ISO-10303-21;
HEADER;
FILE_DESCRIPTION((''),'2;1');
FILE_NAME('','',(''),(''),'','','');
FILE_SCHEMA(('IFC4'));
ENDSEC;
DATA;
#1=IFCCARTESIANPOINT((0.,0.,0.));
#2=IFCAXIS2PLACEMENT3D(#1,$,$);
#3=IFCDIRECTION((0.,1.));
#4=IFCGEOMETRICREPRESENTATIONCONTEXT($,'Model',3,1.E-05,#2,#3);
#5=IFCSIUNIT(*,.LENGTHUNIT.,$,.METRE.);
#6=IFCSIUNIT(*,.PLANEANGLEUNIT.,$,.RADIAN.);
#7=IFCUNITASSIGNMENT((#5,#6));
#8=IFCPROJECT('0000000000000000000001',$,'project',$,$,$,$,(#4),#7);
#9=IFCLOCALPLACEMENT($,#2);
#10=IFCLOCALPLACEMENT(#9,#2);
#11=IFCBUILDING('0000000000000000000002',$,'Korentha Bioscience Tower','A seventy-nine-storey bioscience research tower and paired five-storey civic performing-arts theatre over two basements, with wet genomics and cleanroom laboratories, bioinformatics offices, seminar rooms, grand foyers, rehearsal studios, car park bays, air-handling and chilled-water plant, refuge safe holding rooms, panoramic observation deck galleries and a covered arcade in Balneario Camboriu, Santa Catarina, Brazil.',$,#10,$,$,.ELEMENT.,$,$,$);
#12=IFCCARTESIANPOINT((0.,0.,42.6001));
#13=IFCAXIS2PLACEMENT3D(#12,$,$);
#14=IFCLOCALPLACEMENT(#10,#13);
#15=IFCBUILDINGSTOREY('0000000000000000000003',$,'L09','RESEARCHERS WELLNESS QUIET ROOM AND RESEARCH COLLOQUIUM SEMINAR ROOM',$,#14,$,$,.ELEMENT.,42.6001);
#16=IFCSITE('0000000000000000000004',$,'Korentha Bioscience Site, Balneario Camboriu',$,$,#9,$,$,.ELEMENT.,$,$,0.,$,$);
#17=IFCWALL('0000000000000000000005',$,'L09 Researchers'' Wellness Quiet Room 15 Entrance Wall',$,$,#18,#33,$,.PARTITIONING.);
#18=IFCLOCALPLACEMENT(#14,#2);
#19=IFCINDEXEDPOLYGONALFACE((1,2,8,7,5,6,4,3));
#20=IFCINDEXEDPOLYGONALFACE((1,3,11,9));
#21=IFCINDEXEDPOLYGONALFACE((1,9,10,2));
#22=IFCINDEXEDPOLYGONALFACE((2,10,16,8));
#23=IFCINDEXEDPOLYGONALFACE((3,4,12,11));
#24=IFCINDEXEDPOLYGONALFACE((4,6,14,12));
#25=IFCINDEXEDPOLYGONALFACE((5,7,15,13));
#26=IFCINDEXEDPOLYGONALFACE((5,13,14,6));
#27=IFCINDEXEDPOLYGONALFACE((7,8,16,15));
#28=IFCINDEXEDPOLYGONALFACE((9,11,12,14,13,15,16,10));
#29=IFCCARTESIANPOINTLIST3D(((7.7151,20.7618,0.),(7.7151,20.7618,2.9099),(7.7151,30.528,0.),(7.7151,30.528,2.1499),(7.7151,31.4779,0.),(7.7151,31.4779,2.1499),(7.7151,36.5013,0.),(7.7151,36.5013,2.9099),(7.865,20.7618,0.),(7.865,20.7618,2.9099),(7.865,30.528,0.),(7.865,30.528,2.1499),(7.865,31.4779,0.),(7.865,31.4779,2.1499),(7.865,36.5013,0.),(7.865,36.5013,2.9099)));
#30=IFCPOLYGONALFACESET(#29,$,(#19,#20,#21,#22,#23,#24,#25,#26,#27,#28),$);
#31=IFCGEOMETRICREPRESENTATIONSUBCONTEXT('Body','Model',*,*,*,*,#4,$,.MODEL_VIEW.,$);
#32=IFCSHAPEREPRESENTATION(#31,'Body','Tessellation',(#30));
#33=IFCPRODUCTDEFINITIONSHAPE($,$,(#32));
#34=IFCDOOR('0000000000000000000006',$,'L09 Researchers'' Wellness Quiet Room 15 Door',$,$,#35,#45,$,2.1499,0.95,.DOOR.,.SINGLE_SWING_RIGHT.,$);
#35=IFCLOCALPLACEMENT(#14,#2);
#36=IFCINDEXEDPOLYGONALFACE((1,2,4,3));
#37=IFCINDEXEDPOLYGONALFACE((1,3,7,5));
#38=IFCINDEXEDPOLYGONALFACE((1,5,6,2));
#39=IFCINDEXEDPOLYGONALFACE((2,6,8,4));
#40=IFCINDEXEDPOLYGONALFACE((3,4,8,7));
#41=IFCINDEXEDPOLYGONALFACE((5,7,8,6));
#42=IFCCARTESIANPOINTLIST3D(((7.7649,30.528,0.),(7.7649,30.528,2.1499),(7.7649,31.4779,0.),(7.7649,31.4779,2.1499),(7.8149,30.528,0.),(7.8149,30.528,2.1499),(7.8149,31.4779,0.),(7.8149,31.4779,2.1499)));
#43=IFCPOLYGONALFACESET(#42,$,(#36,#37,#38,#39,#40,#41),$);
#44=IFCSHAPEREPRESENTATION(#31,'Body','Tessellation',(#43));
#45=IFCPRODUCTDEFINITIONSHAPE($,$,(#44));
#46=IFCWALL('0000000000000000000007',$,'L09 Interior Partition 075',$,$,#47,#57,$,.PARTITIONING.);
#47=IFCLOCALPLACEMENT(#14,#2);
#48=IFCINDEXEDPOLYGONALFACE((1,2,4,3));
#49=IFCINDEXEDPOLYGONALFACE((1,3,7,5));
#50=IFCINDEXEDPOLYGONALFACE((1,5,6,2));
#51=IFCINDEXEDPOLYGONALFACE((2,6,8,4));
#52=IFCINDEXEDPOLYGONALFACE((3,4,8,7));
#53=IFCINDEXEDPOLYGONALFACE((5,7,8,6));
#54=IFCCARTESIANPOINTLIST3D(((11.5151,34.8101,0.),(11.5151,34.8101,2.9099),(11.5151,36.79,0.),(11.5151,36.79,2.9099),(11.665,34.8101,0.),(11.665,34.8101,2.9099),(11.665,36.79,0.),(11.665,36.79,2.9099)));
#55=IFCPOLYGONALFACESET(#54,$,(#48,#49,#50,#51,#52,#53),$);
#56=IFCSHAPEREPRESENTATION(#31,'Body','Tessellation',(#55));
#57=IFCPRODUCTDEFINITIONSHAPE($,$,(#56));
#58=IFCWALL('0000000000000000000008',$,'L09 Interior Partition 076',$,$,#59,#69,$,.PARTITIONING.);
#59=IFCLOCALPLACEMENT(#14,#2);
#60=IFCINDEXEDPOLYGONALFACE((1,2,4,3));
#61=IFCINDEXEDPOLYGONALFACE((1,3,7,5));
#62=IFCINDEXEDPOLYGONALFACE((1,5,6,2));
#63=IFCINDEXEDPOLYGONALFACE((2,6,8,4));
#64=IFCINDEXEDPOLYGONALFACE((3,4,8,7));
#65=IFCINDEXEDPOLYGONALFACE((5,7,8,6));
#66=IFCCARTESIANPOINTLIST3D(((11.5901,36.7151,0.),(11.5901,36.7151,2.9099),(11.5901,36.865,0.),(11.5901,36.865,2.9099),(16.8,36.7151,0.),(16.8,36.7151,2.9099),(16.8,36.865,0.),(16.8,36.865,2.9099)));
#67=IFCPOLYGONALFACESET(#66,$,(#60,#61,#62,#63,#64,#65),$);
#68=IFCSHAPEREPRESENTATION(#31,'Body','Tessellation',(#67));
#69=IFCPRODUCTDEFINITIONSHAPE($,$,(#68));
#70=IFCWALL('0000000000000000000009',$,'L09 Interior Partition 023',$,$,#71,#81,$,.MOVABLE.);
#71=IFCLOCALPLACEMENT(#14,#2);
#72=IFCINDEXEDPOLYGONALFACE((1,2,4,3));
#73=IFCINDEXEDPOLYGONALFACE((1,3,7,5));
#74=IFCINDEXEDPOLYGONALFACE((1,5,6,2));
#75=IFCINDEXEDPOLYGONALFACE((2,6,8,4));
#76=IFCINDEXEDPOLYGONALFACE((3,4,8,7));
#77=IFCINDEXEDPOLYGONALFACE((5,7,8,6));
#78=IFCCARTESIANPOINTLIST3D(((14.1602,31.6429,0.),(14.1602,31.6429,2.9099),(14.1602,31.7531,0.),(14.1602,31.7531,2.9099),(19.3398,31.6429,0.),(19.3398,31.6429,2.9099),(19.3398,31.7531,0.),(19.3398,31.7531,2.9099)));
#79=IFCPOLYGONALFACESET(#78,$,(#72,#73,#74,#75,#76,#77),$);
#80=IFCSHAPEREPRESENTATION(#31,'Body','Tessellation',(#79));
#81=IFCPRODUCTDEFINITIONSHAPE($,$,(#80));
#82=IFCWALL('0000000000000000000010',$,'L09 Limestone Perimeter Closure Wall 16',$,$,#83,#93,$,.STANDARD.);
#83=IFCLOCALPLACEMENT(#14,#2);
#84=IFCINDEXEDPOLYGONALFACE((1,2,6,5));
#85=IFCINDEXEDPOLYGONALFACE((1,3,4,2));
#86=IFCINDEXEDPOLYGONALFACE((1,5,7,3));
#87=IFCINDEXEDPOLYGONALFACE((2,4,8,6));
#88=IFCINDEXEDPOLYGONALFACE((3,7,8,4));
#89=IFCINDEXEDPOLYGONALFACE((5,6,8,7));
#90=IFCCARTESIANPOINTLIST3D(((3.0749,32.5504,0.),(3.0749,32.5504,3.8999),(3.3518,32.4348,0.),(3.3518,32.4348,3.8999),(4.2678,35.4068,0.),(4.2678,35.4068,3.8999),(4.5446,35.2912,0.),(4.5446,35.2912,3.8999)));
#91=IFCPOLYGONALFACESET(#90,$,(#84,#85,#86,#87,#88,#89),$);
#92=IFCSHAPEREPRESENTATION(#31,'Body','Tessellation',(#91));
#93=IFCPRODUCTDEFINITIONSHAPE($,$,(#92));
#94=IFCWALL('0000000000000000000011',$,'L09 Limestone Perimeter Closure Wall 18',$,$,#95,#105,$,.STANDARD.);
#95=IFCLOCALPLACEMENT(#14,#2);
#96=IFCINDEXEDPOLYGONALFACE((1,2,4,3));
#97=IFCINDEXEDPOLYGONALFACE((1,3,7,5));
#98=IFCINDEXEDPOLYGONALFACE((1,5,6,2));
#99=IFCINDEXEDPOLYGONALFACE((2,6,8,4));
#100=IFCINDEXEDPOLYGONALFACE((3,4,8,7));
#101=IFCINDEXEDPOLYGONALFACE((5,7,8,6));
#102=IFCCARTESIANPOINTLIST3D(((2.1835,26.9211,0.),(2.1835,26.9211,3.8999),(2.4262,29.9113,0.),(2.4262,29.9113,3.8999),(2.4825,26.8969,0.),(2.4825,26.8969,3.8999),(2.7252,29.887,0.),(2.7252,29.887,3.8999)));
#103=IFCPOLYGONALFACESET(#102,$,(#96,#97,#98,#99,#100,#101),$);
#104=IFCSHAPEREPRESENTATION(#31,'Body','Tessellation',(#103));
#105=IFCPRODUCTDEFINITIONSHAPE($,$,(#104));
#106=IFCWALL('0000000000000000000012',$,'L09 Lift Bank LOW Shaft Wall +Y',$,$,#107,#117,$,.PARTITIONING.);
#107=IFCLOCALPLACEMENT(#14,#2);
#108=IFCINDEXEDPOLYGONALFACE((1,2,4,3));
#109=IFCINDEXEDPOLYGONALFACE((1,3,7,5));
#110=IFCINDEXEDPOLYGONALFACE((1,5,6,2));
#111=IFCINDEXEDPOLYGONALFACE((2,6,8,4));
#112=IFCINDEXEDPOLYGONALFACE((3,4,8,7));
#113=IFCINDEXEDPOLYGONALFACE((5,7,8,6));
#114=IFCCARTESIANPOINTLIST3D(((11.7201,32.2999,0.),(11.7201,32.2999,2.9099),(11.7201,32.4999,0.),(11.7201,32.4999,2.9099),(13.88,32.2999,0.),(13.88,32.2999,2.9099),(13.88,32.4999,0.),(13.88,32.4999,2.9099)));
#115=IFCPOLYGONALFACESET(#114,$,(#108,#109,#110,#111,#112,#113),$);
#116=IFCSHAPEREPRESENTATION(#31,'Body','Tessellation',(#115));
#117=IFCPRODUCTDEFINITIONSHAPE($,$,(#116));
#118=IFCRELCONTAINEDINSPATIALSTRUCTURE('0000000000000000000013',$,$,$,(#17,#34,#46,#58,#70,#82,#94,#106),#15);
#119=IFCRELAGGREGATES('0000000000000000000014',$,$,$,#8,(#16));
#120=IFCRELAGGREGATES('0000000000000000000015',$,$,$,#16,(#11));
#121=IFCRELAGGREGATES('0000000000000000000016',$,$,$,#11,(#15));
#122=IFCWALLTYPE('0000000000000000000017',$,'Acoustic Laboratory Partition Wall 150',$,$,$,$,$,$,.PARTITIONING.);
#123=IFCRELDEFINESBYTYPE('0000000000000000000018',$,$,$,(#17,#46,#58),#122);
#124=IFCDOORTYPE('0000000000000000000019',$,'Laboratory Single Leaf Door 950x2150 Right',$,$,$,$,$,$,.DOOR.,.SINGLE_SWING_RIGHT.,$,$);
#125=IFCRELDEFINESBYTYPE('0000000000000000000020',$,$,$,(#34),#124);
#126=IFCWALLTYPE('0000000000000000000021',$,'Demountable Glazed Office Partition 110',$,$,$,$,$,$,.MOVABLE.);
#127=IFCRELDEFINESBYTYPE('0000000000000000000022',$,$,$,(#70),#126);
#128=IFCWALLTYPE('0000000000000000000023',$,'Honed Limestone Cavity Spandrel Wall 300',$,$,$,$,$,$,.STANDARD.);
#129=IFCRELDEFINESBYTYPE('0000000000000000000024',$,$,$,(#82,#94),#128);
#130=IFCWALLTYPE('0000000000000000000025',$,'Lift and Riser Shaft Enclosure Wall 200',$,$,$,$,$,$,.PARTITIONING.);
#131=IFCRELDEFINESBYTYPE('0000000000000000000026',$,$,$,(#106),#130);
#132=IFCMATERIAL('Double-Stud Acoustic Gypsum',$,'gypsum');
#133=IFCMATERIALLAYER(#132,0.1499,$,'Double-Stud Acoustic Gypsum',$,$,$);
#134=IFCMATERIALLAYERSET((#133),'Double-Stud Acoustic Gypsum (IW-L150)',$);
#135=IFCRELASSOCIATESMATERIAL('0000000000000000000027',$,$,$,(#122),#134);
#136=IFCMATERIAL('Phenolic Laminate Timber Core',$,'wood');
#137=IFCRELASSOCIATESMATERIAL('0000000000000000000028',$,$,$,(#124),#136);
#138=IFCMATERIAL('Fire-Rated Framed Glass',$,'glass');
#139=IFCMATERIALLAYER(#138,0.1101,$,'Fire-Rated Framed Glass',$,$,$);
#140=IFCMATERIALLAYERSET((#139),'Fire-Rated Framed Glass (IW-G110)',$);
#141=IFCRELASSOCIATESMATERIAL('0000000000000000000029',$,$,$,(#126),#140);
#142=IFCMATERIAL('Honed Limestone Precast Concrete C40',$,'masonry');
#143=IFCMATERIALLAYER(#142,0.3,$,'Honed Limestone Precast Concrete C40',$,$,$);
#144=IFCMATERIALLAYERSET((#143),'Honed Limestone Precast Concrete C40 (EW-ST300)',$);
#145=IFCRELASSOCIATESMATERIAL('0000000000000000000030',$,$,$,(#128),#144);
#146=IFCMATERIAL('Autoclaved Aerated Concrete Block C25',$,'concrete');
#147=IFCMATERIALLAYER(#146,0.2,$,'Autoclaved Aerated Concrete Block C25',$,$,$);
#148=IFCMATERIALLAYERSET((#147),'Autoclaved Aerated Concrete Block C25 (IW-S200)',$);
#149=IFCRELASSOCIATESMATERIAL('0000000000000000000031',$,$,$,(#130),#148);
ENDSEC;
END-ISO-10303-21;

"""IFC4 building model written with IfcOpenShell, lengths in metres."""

from ifc_helpers import new_model, si_unit, direction, frame, frame_2d, origin, place, context, subcontext, project, spatial, rectangle, extrude, material, layer, layer_set, type_object, element, fill, save


model = new_model("IFC4")

# Units and contexts
model_context = context("Model", 3, precision=1e-05, world=origin(), true_north=direction((0.0, 1.0)))
body_context = subcontext(model_context, "Body", "Model", "MODEL_VIEW")
ifc_project = project(units=[si_unit("LENGTHUNIT", "METRE"), si_unit("PLANEANGLEUNIT", "RADIAN")], contexts=[model_context])

# Site, building, storey
site_placement = place(None, origin())
site = spatial("IfcSite", under=ifc_project, at=site_placement, Name="Korentha Bioscience Site, Balneario Camboriu", CompositionType="ELEMENT", RefElevation=0.0)
building_placement = place(site_placement, origin())
building = spatial("IfcBuilding", under=site, at=building_placement, Name="Korentha Bioscience Tower", Description="A seventy-nine-storey bioscience research tower and paired five-storey civic performing-arts theatre over two basements, with wet genomics and cleanroom laboratories, bioinformatics offices, seminar rooms, grand foyers, rehearsal studios, car park bays, air-handling and chilled-water plant, refuge safe holding rooms, panoramic observation deck galleries and a covered arcade in Balneario Camboriu, Santa Catarina, Brazil.", CompositionType="ELEMENT")
storey_placement = place(building_placement, frame((0.0, 0.0, 42.6001)))
storey = spatial("IfcBuildingStorey", under=building, at=storey_placement, Name="L09", Description="RESEARCHERS WELLNESS QUIET ROOM AND RESEARCH COLLOQUIUM SEMINAR ROOM", CompositionType="ELEMENT", Elevation=42.6001)

# Wall, opening, door
ifc_material_1 = material(Name="Double-Stud Acoustic Gypsum", Category="gypsum")
ifc_layer_1 = layer(ifc_material_1, 0.1499, Name="Double-Stud Acoustic Gypsum")
ifc_layer_set_1 = layer_set([ifc_layer_1], Name="Double-Stud Acoustic Gypsum (IW-L150)")
wall_type_1 = type_object("IfcWallType", Name="Acoustic Laboratory Partition Wall 150", PredefinedType="PARTITIONING", material=ifc_layer_set_1)
wall_1_placement = place(storey_placement, frame((7.79, 36.5012, 0.0), z_axis=(0.0, 0.0, 1.0), x_axis=(0.0, -1.0, 0.0)))
wall_1 = element("IfcWall", 1, at=wall_1_placement, inside=storey, type_object=wall_type_1, Name="L09 Researchers' Wellness Quiet Room 15 Entrance Wall", PredefinedType="PARTITIONING", context=body_context, shape_type="SweptSolid", body=[
    extrude(rectangle(XDim=15.7395, YDim=0.1499, at=frame_2d((7.8696, 0.0))), origin(), (0.0, 0.0, 1.0), 2.9099),
])
opening_1_placement = place(wall_1_placement, frame((5.0232, 0.0, 0.0)))
opening_1 = element("IfcOpeningElement", 2, at=opening_1_placement, cuts=wall_1, PredefinedType="OPENING", context=body_context, shape_type="SweptSolid", body=[
    extrude(rectangle(XDim=0.95, YDim=2.1499, at=frame_2d((0.4751, 1.075))), frame((0.0, 0.0898, 0.0), z_axis=(0.0, -1.0, 0.0), x_axis=(1.0, 0.0, 0.0)), (0.0, 0.0, 1.0), 0.1797),
])
ifc_material_2 = material(Name="Phenolic Laminate Timber Core", Category="wood")
door_type_1 = type_object("IfcDoorType", Name="Laboratory Single Leaf Door 950x2150 Right", OperationType="SINGLE_SWING_RIGHT", PredefinedType="DOOR", material=ifc_material_2)
door_1_placement = place(opening_1_placement, origin())
door_1 = element("IfcDoor", 3, at=door_1_placement, inside=storey, type_object=door_type_1, Name="L09 Researchers' Wellness Quiet Room 15 Door", OperationType="SINGLE_SWING_RIGHT", OverallHeight=2.1499, OverallWidth=0.95, PredefinedType="DOOR", context=body_context, shape_type="SweptSolid", body=[
    extrude(rectangle(XDim=0.95, YDim=2.1499, at=frame_2d((0.4751, 1.075))), frame((0.0, 0.0249, 0.0), z_axis=(0.0, -1.0, 0.0), x_axis=(1.0, 0.0, 0.0)), (0.0, 0.0, 1.0), 0.05),
])
fill(opening_1, door_1)

# Walls
wall_2_placement = place(storey_placement, frame((11.5901, 34.8101, 0.0), z_axis=(0.0, 0.0, 1.0), x_axis=(0.0, 1.0, 0.0)))
element("IfcWall", 4, at=wall_2_placement, inside=storey, type_object=wall_type_1, Name="L09 Interior Partition 075", PredefinedType="PARTITIONING", context=body_context, shape_type="SweptSolid", body=[
    extrude(rectangle(XDim=1.98, YDim=0.1499, at=frame_2d((0.99, 0.0))), origin(), (0.0, 0.0, 1.0), 2.9099),
])
wall_3_placement = place(storey_placement, frame((11.5901, 36.79, 0.0), z_axis=(0.0, 0.0, 1.0), x_axis=(1.0, 0.0, 0.0)))
element("IfcWall", 5, at=wall_3_placement, inside=storey, type_object=wall_type_1, Name="L09 Interior Partition 076", PredefinedType="PARTITIONING", context=body_context, shape_type="SweptSolid", body=[
    extrude(rectangle(XDim=5.21, YDim=0.1499, at=frame_2d((2.605, 0.0))), origin(), (0.0, 0.0, 1.0), 2.9099),
])
ifc_material_3 = material(Name="Fire-Rated Framed Glass", Category="glass")
ifc_layer_2 = layer(ifc_material_3, 0.1101, Name="Fire-Rated Framed Glass")
ifc_layer_set_2 = layer_set([ifc_layer_2], Name="Fire-Rated Framed Glass (IW-G110)")
wall_type_2 = type_object("IfcWallType", Name="Demountable Glazed Office Partition 110", PredefinedType="MOVABLE", material=ifc_layer_set_2)
wall_4_placement = place(storey_placement, frame((14.1602, 31.698, 0.0), z_axis=(0.0, 0.0, 1.0), x_axis=(1.0, 0.0, 0.0)))
element("IfcWall", 6, at=wall_4_placement, inside=storey, type_object=wall_type_2, Name="L09 Interior Partition 023", PredefinedType="MOVABLE", context=body_context, shape_type="SweptSolid", body=[
    extrude(rectangle(XDim=5.1797, YDim=0.1101, at=frame_2d((2.5898, 0.0))), origin(), (0.0, 0.0, 1.0), 2.9099),
])

# Shared definitions
ifc_material_4 = material(Name="Honed Limestone Precast Concrete C40", Category="masonry")
ifc_layer_3 = layer(ifc_material_4, 0.3, Name="Honed Limestone Precast Concrete C40")
ifc_layer_set_3 = layer_set([ifc_layer_3], Name="Honed Limestone Precast Concrete C40 (EW-ST300)")
wall_type_3 = type_object("IfcWallType", Name="Honed Limestone Cavity Spandrel Wall 300", PredefinedType="STANDARD", material=ifc_layer_set_3)

# Walls
wall_5_placement = place(storey_placement, frame((4.4062, 35.3491, 0.0), z_axis=(0.0, 0.0, 1.0), x_axis=(-0.385354, -0.922769, 0.0)))
element("IfcWall", 7, at=wall_5_placement, inside=storey, type_object=wall_type_3, Name="L09 Limestone Perimeter Closure Wall 16", PredefinedType="STANDARD", context=body_context, shape_type="SweptSolid", body=[
    extrude(rectangle(XDim=3.0955, YDim=0.3, at=frame_2d((1.5479, 0.0))), origin(), (0.0, 0.0, 1.0), 3.8999),
])
wall_6_placement = place(storey_placement, frame((2.5757, 29.8992, 0.0), z_axis=(0.0, 0.0, 1.0), x_axis=(-0.08089, -0.996723, 0.0)))
element("IfcWall", 8, at=wall_6_placement, inside=storey, type_object=wall_type_3, Name="L09 Limestone Perimeter Closure Wall 18", PredefinedType="STANDARD", context=body_context, shape_type="SweptSolid", body=[
    extrude(rectangle(XDim=3.0, YDim=0.3, at=frame_2d((1.5, 0.0))), origin(), (0.0, 0.0, 1.0), 3.8999),
])
ifc_material_5 = material(Name="Autoclaved Aerated Concrete Block C25", Category="concrete")
ifc_layer_4 = layer(ifc_material_5, 0.2, Name="Autoclaved Aerated Concrete Block C25")
ifc_layer_set_4 = layer_set([ifc_layer_4], Name="Autoclaved Aerated Concrete Block C25 (IW-S200)")
wall_type_4 = type_object("IfcWallType", Name="Lift and Riser Shaft Enclosure Wall 200", PredefinedType="PARTITIONING", material=ifc_layer_set_4)
wall_7_placement = place(storey_placement, frame((11.72, 32.3999, 0.0), z_axis=(0.0, 0.0, 1.0), x_axis=(1.0, 0.0, 0.0)))
element("IfcWall", 9, at=wall_7_placement, inside=storey, type_object=wall_type_4, Name="L09 Lift Bank LOW Shaft Wall +Y", PredefinedType="PARTITIONING", context=body_context, shape_type="SweptSolid", body=[
    extrude(rectangle(XDim=2.1599, YDim=0.2, at=frame_2d((1.0801, 0.0))), origin(), (0.0, 0.0, 1.0), 2.9099),
])

save(model, "model.ifc")
